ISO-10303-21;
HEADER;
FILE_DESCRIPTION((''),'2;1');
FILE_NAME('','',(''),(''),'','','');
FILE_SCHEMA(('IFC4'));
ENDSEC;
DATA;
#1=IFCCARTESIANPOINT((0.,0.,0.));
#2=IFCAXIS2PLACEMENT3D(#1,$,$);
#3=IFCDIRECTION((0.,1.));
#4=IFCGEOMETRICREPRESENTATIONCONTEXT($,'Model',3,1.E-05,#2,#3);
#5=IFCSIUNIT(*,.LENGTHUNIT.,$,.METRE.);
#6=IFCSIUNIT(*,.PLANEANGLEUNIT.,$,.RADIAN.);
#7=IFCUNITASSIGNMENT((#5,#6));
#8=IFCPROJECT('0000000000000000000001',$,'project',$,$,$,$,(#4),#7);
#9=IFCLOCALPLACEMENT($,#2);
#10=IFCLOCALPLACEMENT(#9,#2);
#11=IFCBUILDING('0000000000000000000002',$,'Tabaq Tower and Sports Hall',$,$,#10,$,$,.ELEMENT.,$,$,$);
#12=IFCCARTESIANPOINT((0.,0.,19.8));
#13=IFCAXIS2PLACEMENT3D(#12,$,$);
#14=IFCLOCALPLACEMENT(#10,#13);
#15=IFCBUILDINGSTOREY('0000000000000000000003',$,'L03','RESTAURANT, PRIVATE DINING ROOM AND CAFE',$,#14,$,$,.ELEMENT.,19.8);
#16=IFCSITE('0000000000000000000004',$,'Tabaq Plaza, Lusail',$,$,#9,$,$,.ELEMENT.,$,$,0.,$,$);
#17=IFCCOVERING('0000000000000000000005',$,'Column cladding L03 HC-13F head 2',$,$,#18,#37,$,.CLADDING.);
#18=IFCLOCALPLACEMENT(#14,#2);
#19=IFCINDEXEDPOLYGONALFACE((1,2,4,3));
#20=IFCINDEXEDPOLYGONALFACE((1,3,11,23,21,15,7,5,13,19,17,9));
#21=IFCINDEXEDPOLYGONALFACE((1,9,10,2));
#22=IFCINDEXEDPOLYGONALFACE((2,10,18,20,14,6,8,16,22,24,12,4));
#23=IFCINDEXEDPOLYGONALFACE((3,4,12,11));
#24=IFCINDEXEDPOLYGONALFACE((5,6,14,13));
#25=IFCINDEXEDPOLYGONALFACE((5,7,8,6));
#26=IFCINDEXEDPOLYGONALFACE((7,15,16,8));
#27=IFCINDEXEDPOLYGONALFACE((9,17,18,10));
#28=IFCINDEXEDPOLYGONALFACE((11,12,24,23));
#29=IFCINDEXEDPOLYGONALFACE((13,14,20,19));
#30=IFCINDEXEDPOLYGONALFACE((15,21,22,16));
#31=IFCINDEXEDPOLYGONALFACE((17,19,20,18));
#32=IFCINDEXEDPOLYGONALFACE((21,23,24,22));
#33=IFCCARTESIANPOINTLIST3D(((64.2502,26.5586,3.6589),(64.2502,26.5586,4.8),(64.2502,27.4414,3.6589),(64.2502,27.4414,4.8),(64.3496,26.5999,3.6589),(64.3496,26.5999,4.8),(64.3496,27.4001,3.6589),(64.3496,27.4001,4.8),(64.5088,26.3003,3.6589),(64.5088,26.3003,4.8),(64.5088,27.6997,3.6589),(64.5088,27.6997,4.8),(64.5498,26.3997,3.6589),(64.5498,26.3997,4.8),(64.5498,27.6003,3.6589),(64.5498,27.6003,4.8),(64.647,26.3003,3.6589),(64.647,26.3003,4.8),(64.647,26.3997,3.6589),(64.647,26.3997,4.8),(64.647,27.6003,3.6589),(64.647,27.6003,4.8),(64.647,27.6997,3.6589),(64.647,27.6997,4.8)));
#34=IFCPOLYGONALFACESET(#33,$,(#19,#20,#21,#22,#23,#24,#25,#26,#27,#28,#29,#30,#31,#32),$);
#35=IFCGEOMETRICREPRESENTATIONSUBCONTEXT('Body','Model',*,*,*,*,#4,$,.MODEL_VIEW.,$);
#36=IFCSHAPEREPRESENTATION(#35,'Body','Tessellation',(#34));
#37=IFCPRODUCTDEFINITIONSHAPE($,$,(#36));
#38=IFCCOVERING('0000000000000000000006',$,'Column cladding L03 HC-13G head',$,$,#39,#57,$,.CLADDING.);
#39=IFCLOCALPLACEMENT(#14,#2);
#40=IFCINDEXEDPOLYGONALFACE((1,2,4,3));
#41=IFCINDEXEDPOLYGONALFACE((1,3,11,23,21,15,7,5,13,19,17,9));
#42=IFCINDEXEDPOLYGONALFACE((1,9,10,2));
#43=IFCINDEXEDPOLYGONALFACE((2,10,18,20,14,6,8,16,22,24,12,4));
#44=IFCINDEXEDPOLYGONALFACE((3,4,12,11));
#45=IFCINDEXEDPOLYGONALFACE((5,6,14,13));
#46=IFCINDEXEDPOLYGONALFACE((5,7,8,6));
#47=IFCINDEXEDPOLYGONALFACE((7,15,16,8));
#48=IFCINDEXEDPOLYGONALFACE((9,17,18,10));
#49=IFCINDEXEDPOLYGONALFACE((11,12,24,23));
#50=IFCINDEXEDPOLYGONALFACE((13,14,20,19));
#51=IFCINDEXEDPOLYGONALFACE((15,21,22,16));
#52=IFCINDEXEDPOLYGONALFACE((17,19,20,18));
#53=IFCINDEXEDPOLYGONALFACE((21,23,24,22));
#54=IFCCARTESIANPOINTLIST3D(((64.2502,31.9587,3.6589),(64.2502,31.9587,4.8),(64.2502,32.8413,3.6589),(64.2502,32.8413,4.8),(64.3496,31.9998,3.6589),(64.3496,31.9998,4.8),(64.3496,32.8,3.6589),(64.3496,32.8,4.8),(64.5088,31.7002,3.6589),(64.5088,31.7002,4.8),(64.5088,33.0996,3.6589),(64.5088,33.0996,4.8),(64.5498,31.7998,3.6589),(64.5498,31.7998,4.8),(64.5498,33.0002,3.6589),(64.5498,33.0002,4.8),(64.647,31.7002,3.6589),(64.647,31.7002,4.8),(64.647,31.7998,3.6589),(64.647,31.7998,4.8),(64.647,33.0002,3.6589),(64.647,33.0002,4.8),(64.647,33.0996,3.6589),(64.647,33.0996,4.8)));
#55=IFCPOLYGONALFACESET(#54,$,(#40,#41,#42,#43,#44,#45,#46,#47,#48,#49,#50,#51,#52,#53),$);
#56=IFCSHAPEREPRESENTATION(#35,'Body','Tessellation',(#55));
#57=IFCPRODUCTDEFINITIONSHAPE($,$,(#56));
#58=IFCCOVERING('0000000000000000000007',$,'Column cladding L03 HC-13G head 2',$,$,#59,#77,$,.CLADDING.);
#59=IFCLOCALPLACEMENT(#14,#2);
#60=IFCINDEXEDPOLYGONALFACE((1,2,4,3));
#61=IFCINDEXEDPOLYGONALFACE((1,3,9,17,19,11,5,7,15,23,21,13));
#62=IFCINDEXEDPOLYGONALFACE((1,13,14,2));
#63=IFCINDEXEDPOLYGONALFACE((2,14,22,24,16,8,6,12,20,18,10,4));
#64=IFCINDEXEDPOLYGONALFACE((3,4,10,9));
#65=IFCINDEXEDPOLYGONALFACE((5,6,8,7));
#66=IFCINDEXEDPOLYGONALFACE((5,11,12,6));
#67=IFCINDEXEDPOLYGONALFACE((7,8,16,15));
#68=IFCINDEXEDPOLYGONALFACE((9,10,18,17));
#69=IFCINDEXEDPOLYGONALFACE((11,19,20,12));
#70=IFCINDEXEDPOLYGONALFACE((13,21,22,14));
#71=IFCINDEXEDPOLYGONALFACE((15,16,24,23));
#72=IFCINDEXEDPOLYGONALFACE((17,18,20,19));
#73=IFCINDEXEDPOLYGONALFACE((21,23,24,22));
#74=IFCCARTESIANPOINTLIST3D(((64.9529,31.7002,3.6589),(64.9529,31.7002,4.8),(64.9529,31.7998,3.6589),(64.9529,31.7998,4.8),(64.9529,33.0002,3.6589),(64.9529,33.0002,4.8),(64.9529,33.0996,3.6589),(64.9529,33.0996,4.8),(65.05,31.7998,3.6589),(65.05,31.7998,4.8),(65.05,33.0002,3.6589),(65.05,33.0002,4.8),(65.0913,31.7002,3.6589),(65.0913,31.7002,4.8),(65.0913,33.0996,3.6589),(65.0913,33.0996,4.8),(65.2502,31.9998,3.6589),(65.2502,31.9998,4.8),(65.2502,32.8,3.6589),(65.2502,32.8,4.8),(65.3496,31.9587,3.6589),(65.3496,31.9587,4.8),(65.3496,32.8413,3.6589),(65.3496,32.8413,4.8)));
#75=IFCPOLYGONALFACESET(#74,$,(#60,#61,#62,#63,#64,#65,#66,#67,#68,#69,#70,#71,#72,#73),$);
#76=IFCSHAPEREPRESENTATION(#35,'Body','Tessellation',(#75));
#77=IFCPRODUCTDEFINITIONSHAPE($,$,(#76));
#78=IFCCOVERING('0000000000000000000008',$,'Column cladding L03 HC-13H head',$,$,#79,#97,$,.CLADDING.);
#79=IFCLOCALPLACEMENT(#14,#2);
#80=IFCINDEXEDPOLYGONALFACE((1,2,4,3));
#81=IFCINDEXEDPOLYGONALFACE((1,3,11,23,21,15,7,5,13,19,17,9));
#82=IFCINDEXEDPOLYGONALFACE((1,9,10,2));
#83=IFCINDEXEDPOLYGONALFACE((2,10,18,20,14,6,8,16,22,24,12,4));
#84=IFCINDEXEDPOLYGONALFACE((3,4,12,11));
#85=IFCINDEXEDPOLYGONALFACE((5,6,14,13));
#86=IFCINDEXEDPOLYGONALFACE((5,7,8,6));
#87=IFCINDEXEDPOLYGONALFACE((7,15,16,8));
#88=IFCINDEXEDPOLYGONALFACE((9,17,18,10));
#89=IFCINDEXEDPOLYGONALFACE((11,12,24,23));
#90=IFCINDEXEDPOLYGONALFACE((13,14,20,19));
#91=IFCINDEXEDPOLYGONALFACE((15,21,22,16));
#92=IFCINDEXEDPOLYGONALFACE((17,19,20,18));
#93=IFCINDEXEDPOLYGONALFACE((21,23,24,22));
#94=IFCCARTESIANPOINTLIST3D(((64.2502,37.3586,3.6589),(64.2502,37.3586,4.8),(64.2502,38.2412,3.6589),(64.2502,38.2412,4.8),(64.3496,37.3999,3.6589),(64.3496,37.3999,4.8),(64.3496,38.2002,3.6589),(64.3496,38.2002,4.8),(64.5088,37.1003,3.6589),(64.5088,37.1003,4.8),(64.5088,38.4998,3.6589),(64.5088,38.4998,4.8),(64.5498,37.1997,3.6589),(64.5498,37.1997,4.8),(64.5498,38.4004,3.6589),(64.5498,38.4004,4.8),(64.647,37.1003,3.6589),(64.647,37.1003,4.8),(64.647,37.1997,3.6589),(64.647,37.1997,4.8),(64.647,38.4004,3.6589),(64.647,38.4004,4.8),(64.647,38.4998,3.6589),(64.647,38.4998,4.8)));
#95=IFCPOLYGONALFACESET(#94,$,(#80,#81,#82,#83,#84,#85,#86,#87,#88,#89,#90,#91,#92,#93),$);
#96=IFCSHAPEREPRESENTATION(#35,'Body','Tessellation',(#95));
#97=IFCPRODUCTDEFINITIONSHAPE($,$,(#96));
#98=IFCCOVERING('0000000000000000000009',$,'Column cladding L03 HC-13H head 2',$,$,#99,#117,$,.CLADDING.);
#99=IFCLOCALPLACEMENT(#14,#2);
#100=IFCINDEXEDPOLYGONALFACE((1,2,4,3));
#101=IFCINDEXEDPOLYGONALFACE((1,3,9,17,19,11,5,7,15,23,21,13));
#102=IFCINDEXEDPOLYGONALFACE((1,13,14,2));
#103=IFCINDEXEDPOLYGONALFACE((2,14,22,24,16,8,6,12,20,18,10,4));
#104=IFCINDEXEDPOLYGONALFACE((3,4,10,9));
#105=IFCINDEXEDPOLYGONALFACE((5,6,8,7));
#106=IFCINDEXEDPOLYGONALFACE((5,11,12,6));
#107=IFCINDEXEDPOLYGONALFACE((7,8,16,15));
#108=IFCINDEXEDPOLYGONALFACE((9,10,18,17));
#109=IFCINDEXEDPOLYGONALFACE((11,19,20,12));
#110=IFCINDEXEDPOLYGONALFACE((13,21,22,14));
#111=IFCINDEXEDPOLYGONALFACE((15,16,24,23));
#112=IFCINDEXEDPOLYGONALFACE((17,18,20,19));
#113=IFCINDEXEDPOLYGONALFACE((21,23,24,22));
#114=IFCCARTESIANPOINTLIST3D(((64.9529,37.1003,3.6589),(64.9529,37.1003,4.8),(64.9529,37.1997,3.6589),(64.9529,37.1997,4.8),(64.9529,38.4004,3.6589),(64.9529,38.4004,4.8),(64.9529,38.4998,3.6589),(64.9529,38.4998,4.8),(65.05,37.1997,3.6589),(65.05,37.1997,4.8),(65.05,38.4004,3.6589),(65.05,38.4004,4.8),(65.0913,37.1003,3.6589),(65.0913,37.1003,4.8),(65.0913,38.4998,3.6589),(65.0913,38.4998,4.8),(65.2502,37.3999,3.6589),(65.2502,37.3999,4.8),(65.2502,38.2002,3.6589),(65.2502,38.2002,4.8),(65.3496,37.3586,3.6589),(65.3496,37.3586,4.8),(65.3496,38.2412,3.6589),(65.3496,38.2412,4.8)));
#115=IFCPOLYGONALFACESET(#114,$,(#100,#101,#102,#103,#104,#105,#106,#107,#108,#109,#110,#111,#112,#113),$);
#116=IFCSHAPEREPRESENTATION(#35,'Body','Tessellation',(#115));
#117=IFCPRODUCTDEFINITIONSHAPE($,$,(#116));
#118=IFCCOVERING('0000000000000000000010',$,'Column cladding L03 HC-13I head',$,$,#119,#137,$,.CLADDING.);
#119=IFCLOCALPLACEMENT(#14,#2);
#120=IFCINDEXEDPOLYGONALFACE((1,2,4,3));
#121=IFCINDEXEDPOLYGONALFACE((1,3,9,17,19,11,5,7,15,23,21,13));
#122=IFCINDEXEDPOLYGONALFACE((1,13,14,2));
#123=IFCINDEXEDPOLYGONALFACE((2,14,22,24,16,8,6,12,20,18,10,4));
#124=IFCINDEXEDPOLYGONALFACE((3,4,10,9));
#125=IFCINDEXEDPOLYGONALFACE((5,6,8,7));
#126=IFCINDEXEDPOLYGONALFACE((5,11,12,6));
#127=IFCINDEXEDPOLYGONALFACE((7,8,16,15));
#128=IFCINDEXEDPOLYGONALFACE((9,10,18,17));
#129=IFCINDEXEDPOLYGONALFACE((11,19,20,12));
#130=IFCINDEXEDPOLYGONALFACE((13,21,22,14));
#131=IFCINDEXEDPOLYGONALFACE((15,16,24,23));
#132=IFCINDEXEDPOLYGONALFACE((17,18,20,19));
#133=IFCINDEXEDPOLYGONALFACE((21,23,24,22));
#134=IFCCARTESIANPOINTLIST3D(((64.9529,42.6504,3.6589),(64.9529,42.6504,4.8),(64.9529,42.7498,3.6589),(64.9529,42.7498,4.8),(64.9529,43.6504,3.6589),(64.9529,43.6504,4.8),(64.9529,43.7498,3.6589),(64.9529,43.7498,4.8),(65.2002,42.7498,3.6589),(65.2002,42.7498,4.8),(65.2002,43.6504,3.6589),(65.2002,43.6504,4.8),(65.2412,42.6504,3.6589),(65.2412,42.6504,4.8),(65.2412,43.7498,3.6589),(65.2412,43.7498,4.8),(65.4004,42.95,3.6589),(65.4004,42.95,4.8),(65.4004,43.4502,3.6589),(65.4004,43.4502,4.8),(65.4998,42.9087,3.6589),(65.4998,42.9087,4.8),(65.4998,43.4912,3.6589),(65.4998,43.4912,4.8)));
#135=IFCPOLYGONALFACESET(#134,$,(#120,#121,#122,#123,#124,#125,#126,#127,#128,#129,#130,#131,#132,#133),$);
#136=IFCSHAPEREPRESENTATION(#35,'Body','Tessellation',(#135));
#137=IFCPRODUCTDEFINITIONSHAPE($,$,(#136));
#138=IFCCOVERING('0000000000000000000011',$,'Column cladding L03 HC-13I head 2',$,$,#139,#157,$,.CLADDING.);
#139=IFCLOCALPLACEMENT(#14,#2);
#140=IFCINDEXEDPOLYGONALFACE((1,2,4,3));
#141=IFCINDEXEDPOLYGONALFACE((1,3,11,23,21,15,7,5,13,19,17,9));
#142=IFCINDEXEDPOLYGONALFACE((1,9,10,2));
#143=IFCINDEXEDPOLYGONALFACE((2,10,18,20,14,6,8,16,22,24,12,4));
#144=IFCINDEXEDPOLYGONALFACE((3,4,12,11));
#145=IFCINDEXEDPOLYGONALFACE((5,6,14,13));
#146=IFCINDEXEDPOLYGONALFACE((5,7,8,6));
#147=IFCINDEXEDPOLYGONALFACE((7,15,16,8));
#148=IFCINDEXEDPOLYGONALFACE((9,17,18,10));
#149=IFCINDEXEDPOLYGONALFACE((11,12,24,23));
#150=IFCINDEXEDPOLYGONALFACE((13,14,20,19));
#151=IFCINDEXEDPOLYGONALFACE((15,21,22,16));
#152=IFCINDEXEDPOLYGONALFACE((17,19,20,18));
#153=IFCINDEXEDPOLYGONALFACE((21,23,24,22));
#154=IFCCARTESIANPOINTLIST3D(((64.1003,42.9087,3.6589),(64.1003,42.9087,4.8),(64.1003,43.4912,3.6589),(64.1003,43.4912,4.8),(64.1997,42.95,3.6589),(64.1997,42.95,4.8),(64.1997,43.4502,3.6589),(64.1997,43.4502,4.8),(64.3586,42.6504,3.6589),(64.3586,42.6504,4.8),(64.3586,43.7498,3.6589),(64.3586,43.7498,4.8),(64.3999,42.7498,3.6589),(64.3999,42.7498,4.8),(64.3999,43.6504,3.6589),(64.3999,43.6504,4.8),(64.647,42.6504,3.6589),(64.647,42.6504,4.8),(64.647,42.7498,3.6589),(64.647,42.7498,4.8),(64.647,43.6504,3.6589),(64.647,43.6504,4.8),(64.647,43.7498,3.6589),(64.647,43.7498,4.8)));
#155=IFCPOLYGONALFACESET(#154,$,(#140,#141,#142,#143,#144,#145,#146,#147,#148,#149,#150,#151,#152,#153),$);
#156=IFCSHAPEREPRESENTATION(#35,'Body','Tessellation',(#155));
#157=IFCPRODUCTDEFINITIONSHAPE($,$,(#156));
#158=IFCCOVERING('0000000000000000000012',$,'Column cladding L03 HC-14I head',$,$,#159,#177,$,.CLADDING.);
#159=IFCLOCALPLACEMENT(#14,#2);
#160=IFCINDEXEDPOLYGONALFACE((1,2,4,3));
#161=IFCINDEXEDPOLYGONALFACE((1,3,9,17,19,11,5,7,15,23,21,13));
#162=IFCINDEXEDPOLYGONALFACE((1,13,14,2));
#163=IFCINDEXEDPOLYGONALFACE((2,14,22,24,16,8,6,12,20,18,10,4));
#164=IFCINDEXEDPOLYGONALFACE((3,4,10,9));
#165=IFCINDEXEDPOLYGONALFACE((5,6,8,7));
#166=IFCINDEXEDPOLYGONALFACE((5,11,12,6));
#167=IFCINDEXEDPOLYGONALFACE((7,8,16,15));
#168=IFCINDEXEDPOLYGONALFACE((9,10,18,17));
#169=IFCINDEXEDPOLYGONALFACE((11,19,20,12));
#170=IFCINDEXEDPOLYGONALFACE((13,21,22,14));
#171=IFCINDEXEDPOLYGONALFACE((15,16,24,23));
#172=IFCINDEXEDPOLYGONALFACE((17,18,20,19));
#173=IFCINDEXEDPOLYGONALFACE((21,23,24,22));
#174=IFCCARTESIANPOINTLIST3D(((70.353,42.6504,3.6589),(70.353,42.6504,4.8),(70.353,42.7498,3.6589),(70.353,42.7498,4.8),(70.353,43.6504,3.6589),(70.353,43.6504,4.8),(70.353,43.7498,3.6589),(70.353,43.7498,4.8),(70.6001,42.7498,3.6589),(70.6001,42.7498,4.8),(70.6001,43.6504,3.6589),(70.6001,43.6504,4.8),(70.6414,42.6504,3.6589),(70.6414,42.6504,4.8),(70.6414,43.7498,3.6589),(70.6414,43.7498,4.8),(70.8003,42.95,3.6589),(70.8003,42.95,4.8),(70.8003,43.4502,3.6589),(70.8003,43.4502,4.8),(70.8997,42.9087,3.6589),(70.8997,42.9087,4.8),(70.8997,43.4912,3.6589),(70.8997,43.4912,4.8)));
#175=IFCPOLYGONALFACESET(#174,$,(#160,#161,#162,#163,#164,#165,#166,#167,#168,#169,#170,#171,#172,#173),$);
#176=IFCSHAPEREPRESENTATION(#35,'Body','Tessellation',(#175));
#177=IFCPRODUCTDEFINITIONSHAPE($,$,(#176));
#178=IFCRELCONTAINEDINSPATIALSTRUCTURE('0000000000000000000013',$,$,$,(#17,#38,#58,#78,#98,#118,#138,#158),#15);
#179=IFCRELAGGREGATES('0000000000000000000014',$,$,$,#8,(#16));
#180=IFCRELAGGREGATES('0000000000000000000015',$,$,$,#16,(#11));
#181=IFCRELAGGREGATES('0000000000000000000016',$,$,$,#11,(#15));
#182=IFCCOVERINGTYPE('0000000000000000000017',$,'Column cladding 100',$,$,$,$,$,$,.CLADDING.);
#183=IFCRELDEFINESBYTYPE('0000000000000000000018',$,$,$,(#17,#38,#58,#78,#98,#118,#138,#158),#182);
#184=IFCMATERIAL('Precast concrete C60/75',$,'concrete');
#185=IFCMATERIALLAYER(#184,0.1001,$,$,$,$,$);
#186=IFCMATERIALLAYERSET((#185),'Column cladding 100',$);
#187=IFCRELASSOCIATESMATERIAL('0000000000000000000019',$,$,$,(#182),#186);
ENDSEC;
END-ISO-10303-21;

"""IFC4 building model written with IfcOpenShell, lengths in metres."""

from ifc_helpers import new_model, si_unit, direction, frame, origin, place, context, subcontext, project, spatial, polyline, outline, extrude, material, layer, layer_set, type_object, element, save


model = new_model("IFC4")

# Units and contexts
model_context = context("Model", 3, precision=1e-05, world=origin(), true_north=direction((0.0, 1.0)))
body_context = subcontext(model_context, "Body", "Model", "MODEL_VIEW")
ifc_project = project(units=[si_unit("LENGTHUNIT", "METRE"), si_unit("PLANEANGLEUNIT", "RADIAN")], contexts=[model_context])

# Site, building, storey
site_placement = place(None, origin())
site = spatial("IfcSite", under=ifc_project, at=site_placement, Name="Tabaq Plaza, Lusail", CompositionType="ELEMENT", RefElevation=0.0)
building_placement = place(site_placement, origin())
building = spatial("IfcBuilding", under=site, at=building_placement, Name="Tabaq Tower and Sports Hall", CompositionType="ELEMENT")
storey_placement = place(building_placement, frame((0.0, 0.0, 19.8)))
storey = spatial("IfcBuildingStorey", under=building, at=storey_placement, Name="L03", Description="RESTAURANT, PRIVATE DINING ROOM AND CAFE", CompositionType="ELEMENT", Elevation=19.8)

# Coverings
ifc_material = material(Name="Precast concrete C60/75", Category="concrete")
ifc_layer = layer(ifc_material, 0.1001)
ifc_layer_set = layer_set([ifc_layer], Name="Column cladding 100")
covering_type = type_object("IfcCoveringType", Name="Column cladding 100", PredefinedType="CLADDING", material=ifc_layer_set)
covering_1_placement = place(storey_placement, frame((0.0, 0.0, 3.6589)))
element("IfcCovering", 1, at=covering_1_placement, inside=storey, type_object=covering_type, Name="Column cladding L03 HC-13F head 2", PredefinedType="CLADDING", context=body_context, shape_type="SweptSolid", body=[
    extrude(outline(polyline([(64.5088, 26.3003), (64.2502, 26.5586), (64.2502, 27.4414), (64.5088, 27.6997), (64.647, 27.6997), (64.647, 27.6003), (64.5498, 27.6003), (64.3496, 27.4001), (64.3496, 26.5999), (64.5498, 26.3997), (64.647, 26.3997), (64.647, 26.3003), (64.5088, 26.3003)])), origin(), (0.0, 0.0, 1.0), 1.1411),
])
covering_2_placement = place(storey_placement, frame((0.0, 0.0, 3.6589)))
element("IfcCovering", 2, at=covering_2_placement, inside=storey, type_object=covering_type, Name="Column cladding L03 HC-13G head", PredefinedType="CLADDING", context=body_context, shape_type="SweptSolid", body=[
    extrude(outline(polyline([(64.5088, 31.7002), (64.2502, 31.9587), (64.2502, 32.8413), (64.5088, 33.0996), (64.647, 33.0996), (64.647, 33.0002), (64.5498, 33.0002), (64.3496, 32.8), (64.3496, 31.9998), (64.5498, 31.7998), (64.647, 31.7998), (64.647, 31.7002), (64.5088, 31.7002)])), origin(), (0.0, 0.0, 1.0), 1.1411),
])
covering_3_placement = place(storey_placement, frame((0.0, 0.0, 3.6589)))
element("IfcCovering", 3, at=covering_3_placement, inside=storey, type_object=covering_type, Name="Column cladding L03 HC-13G head 2", PredefinedType="CLADDING", context=body_context, shape_type="SweptSolid", body=[
    extrude(outline(polyline([(64.9529, 31.7002), (64.9529, 31.7998), (65.05, 31.7998), (65.2502, 31.9998), (65.2502, 32.8), (65.05, 33.0002), (64.9529, 33.0002), (64.9529, 33.0996), (65.0913, 33.0996), (65.3496, 32.8413), (65.3496, 31.9587), (65.0913, 31.7002), (64.9529, 31.7002)])), origin(), (0.0, 0.0, 1.0), 1.1411),
])
covering_4_placement = place(storey_placement, frame((0.0, 0.0, 3.6589)))
element("IfcCovering", 4, at=covering_4_placement, inside=storey, type_object=covering_type, Name="Column cladding L03 HC-13H head", PredefinedType="CLADDING", context=body_context, shape_type="SweptSolid", body=[
    extrude(outline(polyline([(64.5088, 37.1003), (64.2502, 37.3586), (64.2502, 38.2412), (64.5088, 38.4998), (64.647, 38.4998), (64.647, 38.4004), (64.5498, 38.4004), (64.3496, 38.2002), (64.3496, 37.3999), (64.5498, 37.1997), (64.647, 37.1997), (64.647, 37.1003), (64.5088, 37.1003)])), origin(), (0.0, 0.0, 1.0), 1.1411),
])
covering_5_placement = place(storey_placement, frame((0.0, 0.0, 3.6589)))
element("IfcCovering", 5, at=covering_5_placement, inside=storey, type_object=covering_type, Name="Column cladding L03 HC-13H head 2", PredefinedType="CLADDING", context=body_context, shape_type="SweptSolid", body=[
    extrude(outline(polyline([(64.9529, 37.1003), (64.9529, 37.1997), (65.05, 37.1997), (65.2502, 37.3999), (65.2502, 38.2002), (65.05, 38.4004), (64.9529, 38.4004), (64.9529, 38.4998), (65.0913, 38.4998), (65.3496, 38.2412), (65.3496, 37.3586), (65.0913, 37.1003), (64.9529, 37.1003)])), origin(), (0.0, 0.0, 1.0), 1.1411),
])
covering_6_placement = place(storey_placement, frame((0.0, 0.0, 3.6589)))
element("IfcCovering", 6, at=covering_6_placement, inside=storey, type_object=covering_type, Name="Column cladding L03 HC-13I head", PredefinedType="CLADDING", context=body_context, shape_type="SweptSolid", body=[
    extrude(outline(polyline([(65.2412, 43.7498), (65.4998, 43.4912), (65.4998, 42.9087), (65.2412, 42.6504), (64.9529, 42.6504), (64.9529, 42.7498), (65.2002, 42.7498), (65.4004, 42.95), (65.4004, 43.4502), (65.2002, 43.6504), (64.9529, 43.6504), (64.9529, 43.7498), (65.2412, 43.7498)])), origin(), (0.0, 0.0, 1.0), 1.1411),
])
covering_7_placement = place(storey_placement, frame((0.0, 0.0, 3.6589)))
element("IfcCovering", 7, at=covering_7_placement, inside=storey, type_object=covering_type, Name="Column cladding L03 HC-13I head 2", PredefinedType="CLADDING", context=body_context, shape_type="SweptSolid", body=[
    extrude(outline(polyline([(64.1003, 43.4912), (64.3586, 43.7498), (64.647, 43.7498), (64.647, 43.6504), (64.3999, 43.6504), (64.1997, 43.4502), (64.1997, 42.95), (64.3999, 42.7498), (64.647, 42.7498), (64.647, 42.6504), (64.3586, 42.6504), (64.1003, 42.9087), (64.1003, 43.4912)])), origin(), (0.0, 0.0, 1.0), 1.1411),
])
covering_8_placement = place(storey_placement, frame((0.0, 0.0, 3.6589)))
element("IfcCovering", 8, at=covering_8_placement, inside=storey, type_object=covering_type, Name="Column cladding L03 HC-14I head", PredefinedType="CLADDING", context=body_context, shape_type="SweptSolid", body=[
    extrude(outline(polyline([(70.6414, 43.7498), (70.8997, 43.4912), (70.8997, 42.9087), (70.6414, 42.6504), (70.353, 42.6504), (70.353, 42.7498), (70.6001, 42.7498), (70.8003, 42.95), (70.8003, 43.4502), (70.6001, 43.6504), (70.353, 43.6504), (70.353, 43.7498), (70.6414, 43.7498)])), origin(), (0.0, 0.0, 1.0), 1.1411),
])

save(model, "model.ifc")
